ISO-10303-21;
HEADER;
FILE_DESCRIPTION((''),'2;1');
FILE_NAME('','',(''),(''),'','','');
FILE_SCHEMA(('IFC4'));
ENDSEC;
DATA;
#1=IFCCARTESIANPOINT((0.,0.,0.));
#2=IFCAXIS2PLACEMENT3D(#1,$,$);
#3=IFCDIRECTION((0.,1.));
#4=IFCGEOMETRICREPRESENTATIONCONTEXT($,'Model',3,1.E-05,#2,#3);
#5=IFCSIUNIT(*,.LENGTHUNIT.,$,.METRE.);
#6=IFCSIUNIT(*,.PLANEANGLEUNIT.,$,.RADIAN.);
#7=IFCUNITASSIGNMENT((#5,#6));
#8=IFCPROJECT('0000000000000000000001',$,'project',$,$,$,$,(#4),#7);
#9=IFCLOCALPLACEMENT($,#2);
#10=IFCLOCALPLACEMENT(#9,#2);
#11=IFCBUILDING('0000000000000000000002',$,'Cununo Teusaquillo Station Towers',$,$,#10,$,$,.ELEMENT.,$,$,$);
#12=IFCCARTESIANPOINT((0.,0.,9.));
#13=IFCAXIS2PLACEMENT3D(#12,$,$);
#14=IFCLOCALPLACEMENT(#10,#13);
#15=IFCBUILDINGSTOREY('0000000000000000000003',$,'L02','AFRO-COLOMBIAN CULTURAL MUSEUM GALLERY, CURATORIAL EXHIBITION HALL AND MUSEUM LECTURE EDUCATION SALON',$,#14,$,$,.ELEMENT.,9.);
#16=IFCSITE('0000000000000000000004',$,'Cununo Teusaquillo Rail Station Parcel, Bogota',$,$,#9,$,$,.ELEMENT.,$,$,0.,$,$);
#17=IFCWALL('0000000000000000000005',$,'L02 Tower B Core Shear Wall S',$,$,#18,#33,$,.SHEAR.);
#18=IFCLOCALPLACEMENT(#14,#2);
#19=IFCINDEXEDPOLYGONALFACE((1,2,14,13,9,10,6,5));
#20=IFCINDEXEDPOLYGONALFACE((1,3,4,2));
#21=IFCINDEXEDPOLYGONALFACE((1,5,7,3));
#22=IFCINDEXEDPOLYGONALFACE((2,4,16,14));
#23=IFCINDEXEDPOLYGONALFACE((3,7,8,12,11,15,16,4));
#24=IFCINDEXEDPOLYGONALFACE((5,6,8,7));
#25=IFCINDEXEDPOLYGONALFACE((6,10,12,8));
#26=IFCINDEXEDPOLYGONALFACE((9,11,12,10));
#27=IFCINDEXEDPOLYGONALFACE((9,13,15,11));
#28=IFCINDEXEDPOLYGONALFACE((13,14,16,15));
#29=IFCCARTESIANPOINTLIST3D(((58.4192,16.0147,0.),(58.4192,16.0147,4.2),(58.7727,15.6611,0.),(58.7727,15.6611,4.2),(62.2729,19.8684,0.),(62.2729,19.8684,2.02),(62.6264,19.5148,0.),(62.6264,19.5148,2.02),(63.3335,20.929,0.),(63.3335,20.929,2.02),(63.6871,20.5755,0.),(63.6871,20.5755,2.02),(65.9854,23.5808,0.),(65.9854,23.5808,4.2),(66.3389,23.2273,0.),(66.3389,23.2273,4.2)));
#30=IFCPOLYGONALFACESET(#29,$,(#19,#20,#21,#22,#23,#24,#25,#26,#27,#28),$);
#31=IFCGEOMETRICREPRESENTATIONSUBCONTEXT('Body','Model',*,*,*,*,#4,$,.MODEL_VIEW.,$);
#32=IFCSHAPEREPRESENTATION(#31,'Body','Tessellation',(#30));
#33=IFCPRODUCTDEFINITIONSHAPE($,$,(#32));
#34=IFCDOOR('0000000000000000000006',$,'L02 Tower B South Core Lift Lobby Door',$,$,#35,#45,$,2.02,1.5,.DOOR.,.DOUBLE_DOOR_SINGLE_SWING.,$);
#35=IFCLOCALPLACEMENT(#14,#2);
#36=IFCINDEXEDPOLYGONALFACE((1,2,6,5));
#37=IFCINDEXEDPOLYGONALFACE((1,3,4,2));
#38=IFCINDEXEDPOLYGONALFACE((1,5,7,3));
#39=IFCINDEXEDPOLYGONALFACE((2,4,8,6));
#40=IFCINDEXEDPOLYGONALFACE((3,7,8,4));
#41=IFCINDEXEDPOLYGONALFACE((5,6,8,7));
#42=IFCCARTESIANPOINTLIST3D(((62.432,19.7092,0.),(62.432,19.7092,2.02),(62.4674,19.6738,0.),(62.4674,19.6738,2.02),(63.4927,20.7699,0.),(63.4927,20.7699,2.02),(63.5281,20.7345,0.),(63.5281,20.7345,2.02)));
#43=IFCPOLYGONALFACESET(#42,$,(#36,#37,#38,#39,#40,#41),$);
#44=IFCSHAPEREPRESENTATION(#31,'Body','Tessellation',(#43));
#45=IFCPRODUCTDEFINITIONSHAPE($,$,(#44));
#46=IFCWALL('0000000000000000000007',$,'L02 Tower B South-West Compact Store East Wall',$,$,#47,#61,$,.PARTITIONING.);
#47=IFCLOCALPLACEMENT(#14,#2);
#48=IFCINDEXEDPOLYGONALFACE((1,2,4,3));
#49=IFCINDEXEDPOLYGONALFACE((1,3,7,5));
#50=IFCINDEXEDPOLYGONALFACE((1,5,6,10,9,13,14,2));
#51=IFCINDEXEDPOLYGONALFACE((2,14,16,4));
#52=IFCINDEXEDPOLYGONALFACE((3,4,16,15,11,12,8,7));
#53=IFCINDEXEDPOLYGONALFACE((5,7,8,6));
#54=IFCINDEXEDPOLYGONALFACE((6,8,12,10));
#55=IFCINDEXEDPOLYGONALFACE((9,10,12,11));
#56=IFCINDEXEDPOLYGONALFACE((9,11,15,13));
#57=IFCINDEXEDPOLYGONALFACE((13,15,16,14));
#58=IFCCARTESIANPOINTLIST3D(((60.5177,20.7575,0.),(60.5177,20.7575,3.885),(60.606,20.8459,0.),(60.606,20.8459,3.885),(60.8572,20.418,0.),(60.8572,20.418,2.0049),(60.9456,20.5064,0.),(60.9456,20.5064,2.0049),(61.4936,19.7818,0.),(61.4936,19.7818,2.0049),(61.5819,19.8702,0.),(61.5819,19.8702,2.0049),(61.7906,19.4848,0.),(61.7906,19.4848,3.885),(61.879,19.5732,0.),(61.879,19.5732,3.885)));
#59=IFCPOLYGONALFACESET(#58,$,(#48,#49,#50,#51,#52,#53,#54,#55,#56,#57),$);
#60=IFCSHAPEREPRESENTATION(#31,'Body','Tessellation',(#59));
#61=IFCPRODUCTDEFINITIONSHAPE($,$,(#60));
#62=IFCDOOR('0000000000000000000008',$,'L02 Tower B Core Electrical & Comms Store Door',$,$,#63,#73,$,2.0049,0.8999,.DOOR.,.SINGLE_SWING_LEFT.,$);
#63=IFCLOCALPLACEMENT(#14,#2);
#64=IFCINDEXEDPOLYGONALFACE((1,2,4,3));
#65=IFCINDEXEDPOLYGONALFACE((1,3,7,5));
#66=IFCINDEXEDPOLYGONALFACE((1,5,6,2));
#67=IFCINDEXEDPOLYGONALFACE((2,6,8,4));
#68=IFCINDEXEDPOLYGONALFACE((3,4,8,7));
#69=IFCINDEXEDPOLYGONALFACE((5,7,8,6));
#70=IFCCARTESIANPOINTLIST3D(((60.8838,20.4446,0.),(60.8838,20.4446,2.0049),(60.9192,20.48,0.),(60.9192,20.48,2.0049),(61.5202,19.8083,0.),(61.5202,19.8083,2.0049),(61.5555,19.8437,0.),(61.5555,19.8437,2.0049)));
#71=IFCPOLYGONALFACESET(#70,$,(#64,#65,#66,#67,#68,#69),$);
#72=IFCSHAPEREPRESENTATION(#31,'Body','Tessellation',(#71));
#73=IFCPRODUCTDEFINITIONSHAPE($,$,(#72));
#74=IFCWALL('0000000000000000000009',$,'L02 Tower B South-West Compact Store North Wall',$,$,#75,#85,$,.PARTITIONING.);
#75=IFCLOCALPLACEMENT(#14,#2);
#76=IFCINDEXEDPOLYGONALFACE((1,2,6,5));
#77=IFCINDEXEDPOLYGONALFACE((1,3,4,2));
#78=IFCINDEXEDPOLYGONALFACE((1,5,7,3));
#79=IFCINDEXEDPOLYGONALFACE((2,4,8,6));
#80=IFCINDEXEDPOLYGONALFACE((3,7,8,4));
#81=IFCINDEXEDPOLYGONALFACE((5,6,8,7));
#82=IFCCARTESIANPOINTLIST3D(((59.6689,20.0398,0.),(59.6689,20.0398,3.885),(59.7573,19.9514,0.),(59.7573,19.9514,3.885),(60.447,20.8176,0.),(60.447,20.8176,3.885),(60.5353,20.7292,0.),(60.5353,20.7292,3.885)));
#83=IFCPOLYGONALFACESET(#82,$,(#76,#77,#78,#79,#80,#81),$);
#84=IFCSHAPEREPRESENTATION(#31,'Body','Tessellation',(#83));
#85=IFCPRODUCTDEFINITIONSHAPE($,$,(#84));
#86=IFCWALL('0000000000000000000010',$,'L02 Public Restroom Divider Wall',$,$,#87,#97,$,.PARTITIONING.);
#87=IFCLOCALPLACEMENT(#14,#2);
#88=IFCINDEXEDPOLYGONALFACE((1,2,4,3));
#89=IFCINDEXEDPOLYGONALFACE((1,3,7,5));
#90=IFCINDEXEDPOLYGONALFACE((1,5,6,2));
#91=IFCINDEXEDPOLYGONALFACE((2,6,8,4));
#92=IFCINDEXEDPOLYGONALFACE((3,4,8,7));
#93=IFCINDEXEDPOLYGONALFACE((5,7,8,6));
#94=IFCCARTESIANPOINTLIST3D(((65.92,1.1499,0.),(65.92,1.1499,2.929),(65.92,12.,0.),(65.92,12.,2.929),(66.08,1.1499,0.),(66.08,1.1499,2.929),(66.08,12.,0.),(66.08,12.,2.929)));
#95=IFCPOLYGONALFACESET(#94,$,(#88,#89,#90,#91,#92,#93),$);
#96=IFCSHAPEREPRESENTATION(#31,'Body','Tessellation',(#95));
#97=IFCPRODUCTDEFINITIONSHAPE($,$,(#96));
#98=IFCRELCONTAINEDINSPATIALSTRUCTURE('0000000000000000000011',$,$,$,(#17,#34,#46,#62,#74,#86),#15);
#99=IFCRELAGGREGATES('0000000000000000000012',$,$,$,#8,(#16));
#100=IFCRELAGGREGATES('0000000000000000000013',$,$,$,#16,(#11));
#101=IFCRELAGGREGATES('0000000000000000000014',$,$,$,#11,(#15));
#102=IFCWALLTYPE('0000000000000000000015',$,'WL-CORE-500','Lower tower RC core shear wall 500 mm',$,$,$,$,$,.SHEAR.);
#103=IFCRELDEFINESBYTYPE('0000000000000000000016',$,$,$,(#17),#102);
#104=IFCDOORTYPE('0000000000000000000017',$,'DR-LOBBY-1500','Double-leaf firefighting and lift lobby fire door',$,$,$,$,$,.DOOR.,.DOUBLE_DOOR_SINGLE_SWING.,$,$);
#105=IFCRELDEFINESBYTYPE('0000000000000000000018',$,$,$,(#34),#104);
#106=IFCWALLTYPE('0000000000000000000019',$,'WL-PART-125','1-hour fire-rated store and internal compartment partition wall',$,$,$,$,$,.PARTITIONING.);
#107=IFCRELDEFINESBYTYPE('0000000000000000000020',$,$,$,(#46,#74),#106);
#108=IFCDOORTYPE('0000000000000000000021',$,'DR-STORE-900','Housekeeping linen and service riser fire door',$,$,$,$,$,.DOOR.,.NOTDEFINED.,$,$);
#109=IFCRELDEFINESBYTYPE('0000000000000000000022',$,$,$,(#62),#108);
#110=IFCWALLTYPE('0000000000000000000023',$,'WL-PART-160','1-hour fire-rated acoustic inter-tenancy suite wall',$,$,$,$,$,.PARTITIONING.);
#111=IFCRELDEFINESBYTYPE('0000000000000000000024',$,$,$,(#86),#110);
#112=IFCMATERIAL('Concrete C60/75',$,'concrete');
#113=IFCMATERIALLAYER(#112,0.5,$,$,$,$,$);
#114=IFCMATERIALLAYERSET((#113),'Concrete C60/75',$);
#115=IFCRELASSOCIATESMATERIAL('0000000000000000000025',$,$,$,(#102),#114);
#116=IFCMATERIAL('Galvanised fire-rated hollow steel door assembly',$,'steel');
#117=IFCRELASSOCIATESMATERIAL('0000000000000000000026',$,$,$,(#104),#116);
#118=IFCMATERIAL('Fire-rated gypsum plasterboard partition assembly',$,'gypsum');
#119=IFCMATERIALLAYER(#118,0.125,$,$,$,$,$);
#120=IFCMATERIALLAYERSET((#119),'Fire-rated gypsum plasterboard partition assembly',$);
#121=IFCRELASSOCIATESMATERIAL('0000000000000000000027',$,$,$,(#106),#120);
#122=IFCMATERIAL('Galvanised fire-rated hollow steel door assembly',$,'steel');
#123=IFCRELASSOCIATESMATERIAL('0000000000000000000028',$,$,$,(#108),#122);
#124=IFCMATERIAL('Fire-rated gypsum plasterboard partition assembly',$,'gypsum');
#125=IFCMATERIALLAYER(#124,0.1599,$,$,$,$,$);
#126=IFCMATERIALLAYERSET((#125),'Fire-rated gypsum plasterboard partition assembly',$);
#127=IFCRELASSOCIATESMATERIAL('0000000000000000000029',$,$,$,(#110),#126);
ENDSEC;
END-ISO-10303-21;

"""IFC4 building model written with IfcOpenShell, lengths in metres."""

from ifc_helpers import new_model, si_unit, direction, frame, frame_2d, origin, place, context, subcontext, project, spatial, rectangle, extrude, source, transform, mapped, material, layer, layer_set, type_object, element, fill, save


model = new_model("IFC4")

# Units and contexts
model_context = context("Model", 3, precision=1e-05, world=origin(), true_north=direction((0.0, 1.0)))
body_context = subcontext(model_context, "Body", "Model", "MODEL_VIEW")
ifc_project = project(units=[si_unit("LENGTHUNIT", "METRE"), si_unit("PLANEANGLEUNIT", "RADIAN")], contexts=[model_context])

# Site, building, storey
site_placement = place(None, origin())
site = spatial("IfcSite", under=ifc_project, at=site_placement, Name="Cununo Teusaquillo Rail Station Parcel, Bogota", CompositionType="ELEMENT", RefElevation=0.0)
building_placement = place(site_placement, origin())
building = spatial("IfcBuilding", under=site, at=building_placement, Name="Cununo Teusaquillo Station Towers", CompositionType="ELEMENT")
storey_placement = place(building_placement, frame((0.0, 0.0, 9.0)))
storey = spatial("IfcBuildingStorey", under=building, at=storey_placement, Name="L02", Description="AFRO-COLOMBIAN CULTURAL MUSEUM GALLERY, CURATORIAL EXHIBITION HALL AND MUSEUM LECTURE EDUCATION SALON", CompositionType="ELEMENT", Elevation=9.0)

# Shared definitions
ifc_material_1 = material(Name="Concrete C60/75", Category="concrete")
ifc_layer_1 = layer(ifc_material_1, 0.5)
ifc_layer_set_1 = layer_set([ifc_layer_1], Name="Concrete C60/75")
wall_type_1 = type_object("IfcWallType", Name="WL-CORE-500", Description="Lower tower RC core shear wall 500 mm", PredefinedType="SHEAR", material=ifc_layer_set_1)

# Walls, openings, doors
wall_1_placement = place(storey_placement, frame((58.5959, 15.8379, 0.0), z_axis=(0.0, 0.0, 1.0), x_axis=(0.707107, 0.707107, 0.0)))
wall_1 = element("IfcWall", 1, at=wall_1_placement, inside=storey, type_object=wall_type_1, Name="L02 Tower B Core Shear Wall S", PredefinedType="SHEAR", context=body_context, shape_type="SweptSolid", body=[
    extrude(rectangle(XDim=10.7002, YDim=0.5, at=frame_2d((5.3501, 0.0))), origin(), (0.0, 0.0, 1.0), 4.2),
])
shared_shape_1 = source(origin(), body_context, "Body", "SweptSolid", [
    extrude(rectangle(XDim=1.5, YDim=2.02, at=frame_2d((0.75, 1.01))), frame((0.0, 0.26, 0.0), z_axis=(0.0, -1.0, 0.0), x_axis=(1.0, 0.0, 0.0)), (0.0, 0.0, 1.0), 0.52),
])
opening_1_placement = place(wall_1_placement, frame((5.45, 0.0, 0.0)))
opening_1 = element("IfcOpeningElement", 2, at=opening_1_placement, cuts=wall_1, PredefinedType="OPENING", context=body_context, shape_type="MappedRepresentation", body=[
    mapped(shared_shape_1, transform((0.0, 0.0, 0.0), x_axis=(1.0, 0.0, 0.0), y_axis=(0.0, 1.0, 0.0), z_axis=(0.0, 0.0, 1.0), scale=1.0)),
])
ifc_material_2 = material(Name="Galvanised fire-rated hollow steel door assembly", Category="steel")
door_type_1 = type_object("IfcDoorType", Name="DR-LOBBY-1500", Description="Double-leaf firefighting and lift lobby fire door", OperationType="DOUBLE_DOOR_SINGLE_SWING", PredefinedType="DOOR", material=ifc_material_2)
shared_shape_2 = source(origin(), body_context, "Body", "SweptSolid", [
    extrude(rectangle(XDim=1.5, YDim=2.02, at=frame_2d((0.75, 1.01))), frame((0.0, 0.0249, 0.0), z_axis=(0.0, -1.0, 0.0), x_axis=(1.0, 0.0, 0.0)), (0.0, 0.0, 1.0), 0.05),
])
door_1_placement = place(opening_1_placement, origin())
door_1 = element("IfcDoor", 3, at=door_1_placement, inside=storey, type_object=door_type_1, Name="L02 Tower B South Core Lift Lobby Door", OperationType="DOUBLE_DOOR_SINGLE_SWING", OverallHeight=2.02, OverallWidth=1.5, PredefinedType="DOOR", context=body_context, shape_type="MappedRepresentation", body=[
    mapped(shared_shape_2, transform((0.0, 0.0, 0.0), x_axis=(1.0, 0.0, 0.0), y_axis=(0.0, 1.0, 0.0), z_axis=(0.0, 0.0, 1.0), scale=1.0)),
])
fill(opening_1, door_1)
ifc_material_3 = material(Name="Fire-rated gypsum plasterboard partition assembly", Category="gypsum")
ifc_layer_2 = layer(ifc_material_3, 0.125)
ifc_layer_set_2 = layer_set([ifc_layer_2], Name="Fire-rated gypsum plasterboard partition assembly")
wall_type_2 = type_object("IfcWallType", Name="WL-PART-125", Description="1-hour fire-rated store and internal compartment partition wall", PredefinedType="PARTITIONING", material=ifc_layer_set_2)
wall_2_placement = place(storey_placement, frame((61.8347, 19.5291, 0.0), z_axis=(0.0, 0.0, 1.0), x_axis=(-0.707175, 0.707039, 0.0)))
wall_2 = element("IfcWall", 4, at=wall_2_placement, inside=storey, type_object=wall_type_2, Name="L02 Tower B South-West Compact Store East Wall", PredefinedType="PARTITIONING", context=body_context, shape_type="SweptSolid", body=[
    extrude(rectangle(XDim=1.8, YDim=0.125, at=frame_2d((0.8999, 0.0))), origin(), (0.0, 0.0, 1.0), 3.885),
])
shared_shape_3 = source(origin(), body_context, "Body", "SweptSolid", [
    extrude(rectangle(XDim=0.8999, YDim=2.0049, at=frame_2d((0.45, 1.0024))), frame((0.0, 0.0725, 0.0), z_axis=(0.0, -1.0, 0.0), x_axis=(1.0, 0.0, 0.0)), (0.0, 0.0, 1.0), 0.145),
])
opening_2_placement = place(wall_2_placement, frame((0.4199, 0.0, 0.0)))
opening_2 = element("IfcOpeningElement", 5, at=opening_2_placement, cuts=wall_2, PredefinedType="OPENING", context=body_context, shape_type="MappedRepresentation", body=[
    mapped(shared_shape_3, transform((0.0, 0.0, 0.0), x_axis=(1.0, 0.0, 0.0), y_axis=(0.0, 1.0, 0.0), z_axis=(0.0, 0.0, 1.0), scale=1.0)),
])
ifc_material_4 = material(Name="Galvanised fire-rated hollow steel door assembly", Category="steel")
door_type_2 = type_object("IfcDoorType", Name="DR-STORE-900", Description="Housekeeping linen and service riser fire door", OperationType="NOTDEFINED", PredefinedType="DOOR", material=ifc_material_4)
shared_shape_4 = source(origin(), body_context, "Body", "SweptSolid", [
    extrude(rectangle(XDim=0.8999, YDim=2.0049, at=frame_2d((0.45, 1.0024))), frame((0.0, 0.0249, 0.0), z_axis=(0.0, -1.0, 0.0), x_axis=(1.0, 0.0, 0.0)), (0.0, 0.0, 1.0), 0.05),
])
door_2_placement = place(opening_2_placement, origin())
door_2 = element("IfcDoor", 6, at=door_2_placement, inside=storey, type_object=door_type_2, Name="L02 Tower B Core Electrical & Comms Store Door", OperationType="SINGLE_SWING_LEFT", OverallHeight=2.0049, OverallWidth=0.8999, PredefinedType="DOOR", context=body_context, shape_type="MappedRepresentation", body=[
    mapped(shared_shape_4, transform((0.0, 0.0, 0.0), x_axis=(1.0, 0.0, 0.0), y_axis=(0.0, 1.0, 0.0), z_axis=(0.0, 0.0, 1.0), scale=1.0)),
])
fill(opening_2, door_2)

# Walls
wall_3_placement = place(storey_placement, frame((59.7131, 19.9956, 0.0), z_axis=(0.0, 0.0, 1.0), x_axis=(0.707218, 0.706996, 0.0)))
element("IfcWall", 7, at=wall_3_placement, inside=storey, type_object=wall_type_2, Name="L02 Tower B South-West Compact Store North Wall", PredefinedType="PARTITIONING", context=body_context, shape_type="SweptSolid", body=[
    extrude(rectangle(XDim=1.1001, YDim=0.125, at=frame_2d((0.55, 0.0))), origin(), (0.0, 0.0, 1.0), 3.885),
])
ifc_material_5 = material(Name="Fire-rated gypsum plasterboard partition assembly", Category="gypsum")
ifc_layer_3 = layer(ifc_material_5, 0.1599)
ifc_layer_set_3 = layer_set([ifc_layer_3], Name="Fire-rated gypsum plasterboard partition assembly")
wall_type_3 = type_object("IfcWallType", Name="WL-PART-160", Description="1-hour fire-rated acoustic inter-tenancy suite wall", PredefinedType="PARTITIONING", material=ifc_layer_set_3)
wall_4_placement = place(storey_placement, frame((66.0, 1.1499, 0.0), z_axis=(0.0, 0.0, 1.0), x_axis=(0.0, 1.0, 0.0)))
element("IfcWall", 8, at=wall_4_placement, inside=storey, type_object=wall_type_3, Name="L02 Public Restroom Divider Wall", PredefinedType="PARTITIONING", context=body_context, shape_type="SweptSolid", body=[
    extrude(rectangle(XDim=10.8501, YDim=0.1599, at=frame_2d((5.425, 0.0))), origin(), (0.0, 0.0, 1.0), 2.929),
])

save(model, "model.ifc")
